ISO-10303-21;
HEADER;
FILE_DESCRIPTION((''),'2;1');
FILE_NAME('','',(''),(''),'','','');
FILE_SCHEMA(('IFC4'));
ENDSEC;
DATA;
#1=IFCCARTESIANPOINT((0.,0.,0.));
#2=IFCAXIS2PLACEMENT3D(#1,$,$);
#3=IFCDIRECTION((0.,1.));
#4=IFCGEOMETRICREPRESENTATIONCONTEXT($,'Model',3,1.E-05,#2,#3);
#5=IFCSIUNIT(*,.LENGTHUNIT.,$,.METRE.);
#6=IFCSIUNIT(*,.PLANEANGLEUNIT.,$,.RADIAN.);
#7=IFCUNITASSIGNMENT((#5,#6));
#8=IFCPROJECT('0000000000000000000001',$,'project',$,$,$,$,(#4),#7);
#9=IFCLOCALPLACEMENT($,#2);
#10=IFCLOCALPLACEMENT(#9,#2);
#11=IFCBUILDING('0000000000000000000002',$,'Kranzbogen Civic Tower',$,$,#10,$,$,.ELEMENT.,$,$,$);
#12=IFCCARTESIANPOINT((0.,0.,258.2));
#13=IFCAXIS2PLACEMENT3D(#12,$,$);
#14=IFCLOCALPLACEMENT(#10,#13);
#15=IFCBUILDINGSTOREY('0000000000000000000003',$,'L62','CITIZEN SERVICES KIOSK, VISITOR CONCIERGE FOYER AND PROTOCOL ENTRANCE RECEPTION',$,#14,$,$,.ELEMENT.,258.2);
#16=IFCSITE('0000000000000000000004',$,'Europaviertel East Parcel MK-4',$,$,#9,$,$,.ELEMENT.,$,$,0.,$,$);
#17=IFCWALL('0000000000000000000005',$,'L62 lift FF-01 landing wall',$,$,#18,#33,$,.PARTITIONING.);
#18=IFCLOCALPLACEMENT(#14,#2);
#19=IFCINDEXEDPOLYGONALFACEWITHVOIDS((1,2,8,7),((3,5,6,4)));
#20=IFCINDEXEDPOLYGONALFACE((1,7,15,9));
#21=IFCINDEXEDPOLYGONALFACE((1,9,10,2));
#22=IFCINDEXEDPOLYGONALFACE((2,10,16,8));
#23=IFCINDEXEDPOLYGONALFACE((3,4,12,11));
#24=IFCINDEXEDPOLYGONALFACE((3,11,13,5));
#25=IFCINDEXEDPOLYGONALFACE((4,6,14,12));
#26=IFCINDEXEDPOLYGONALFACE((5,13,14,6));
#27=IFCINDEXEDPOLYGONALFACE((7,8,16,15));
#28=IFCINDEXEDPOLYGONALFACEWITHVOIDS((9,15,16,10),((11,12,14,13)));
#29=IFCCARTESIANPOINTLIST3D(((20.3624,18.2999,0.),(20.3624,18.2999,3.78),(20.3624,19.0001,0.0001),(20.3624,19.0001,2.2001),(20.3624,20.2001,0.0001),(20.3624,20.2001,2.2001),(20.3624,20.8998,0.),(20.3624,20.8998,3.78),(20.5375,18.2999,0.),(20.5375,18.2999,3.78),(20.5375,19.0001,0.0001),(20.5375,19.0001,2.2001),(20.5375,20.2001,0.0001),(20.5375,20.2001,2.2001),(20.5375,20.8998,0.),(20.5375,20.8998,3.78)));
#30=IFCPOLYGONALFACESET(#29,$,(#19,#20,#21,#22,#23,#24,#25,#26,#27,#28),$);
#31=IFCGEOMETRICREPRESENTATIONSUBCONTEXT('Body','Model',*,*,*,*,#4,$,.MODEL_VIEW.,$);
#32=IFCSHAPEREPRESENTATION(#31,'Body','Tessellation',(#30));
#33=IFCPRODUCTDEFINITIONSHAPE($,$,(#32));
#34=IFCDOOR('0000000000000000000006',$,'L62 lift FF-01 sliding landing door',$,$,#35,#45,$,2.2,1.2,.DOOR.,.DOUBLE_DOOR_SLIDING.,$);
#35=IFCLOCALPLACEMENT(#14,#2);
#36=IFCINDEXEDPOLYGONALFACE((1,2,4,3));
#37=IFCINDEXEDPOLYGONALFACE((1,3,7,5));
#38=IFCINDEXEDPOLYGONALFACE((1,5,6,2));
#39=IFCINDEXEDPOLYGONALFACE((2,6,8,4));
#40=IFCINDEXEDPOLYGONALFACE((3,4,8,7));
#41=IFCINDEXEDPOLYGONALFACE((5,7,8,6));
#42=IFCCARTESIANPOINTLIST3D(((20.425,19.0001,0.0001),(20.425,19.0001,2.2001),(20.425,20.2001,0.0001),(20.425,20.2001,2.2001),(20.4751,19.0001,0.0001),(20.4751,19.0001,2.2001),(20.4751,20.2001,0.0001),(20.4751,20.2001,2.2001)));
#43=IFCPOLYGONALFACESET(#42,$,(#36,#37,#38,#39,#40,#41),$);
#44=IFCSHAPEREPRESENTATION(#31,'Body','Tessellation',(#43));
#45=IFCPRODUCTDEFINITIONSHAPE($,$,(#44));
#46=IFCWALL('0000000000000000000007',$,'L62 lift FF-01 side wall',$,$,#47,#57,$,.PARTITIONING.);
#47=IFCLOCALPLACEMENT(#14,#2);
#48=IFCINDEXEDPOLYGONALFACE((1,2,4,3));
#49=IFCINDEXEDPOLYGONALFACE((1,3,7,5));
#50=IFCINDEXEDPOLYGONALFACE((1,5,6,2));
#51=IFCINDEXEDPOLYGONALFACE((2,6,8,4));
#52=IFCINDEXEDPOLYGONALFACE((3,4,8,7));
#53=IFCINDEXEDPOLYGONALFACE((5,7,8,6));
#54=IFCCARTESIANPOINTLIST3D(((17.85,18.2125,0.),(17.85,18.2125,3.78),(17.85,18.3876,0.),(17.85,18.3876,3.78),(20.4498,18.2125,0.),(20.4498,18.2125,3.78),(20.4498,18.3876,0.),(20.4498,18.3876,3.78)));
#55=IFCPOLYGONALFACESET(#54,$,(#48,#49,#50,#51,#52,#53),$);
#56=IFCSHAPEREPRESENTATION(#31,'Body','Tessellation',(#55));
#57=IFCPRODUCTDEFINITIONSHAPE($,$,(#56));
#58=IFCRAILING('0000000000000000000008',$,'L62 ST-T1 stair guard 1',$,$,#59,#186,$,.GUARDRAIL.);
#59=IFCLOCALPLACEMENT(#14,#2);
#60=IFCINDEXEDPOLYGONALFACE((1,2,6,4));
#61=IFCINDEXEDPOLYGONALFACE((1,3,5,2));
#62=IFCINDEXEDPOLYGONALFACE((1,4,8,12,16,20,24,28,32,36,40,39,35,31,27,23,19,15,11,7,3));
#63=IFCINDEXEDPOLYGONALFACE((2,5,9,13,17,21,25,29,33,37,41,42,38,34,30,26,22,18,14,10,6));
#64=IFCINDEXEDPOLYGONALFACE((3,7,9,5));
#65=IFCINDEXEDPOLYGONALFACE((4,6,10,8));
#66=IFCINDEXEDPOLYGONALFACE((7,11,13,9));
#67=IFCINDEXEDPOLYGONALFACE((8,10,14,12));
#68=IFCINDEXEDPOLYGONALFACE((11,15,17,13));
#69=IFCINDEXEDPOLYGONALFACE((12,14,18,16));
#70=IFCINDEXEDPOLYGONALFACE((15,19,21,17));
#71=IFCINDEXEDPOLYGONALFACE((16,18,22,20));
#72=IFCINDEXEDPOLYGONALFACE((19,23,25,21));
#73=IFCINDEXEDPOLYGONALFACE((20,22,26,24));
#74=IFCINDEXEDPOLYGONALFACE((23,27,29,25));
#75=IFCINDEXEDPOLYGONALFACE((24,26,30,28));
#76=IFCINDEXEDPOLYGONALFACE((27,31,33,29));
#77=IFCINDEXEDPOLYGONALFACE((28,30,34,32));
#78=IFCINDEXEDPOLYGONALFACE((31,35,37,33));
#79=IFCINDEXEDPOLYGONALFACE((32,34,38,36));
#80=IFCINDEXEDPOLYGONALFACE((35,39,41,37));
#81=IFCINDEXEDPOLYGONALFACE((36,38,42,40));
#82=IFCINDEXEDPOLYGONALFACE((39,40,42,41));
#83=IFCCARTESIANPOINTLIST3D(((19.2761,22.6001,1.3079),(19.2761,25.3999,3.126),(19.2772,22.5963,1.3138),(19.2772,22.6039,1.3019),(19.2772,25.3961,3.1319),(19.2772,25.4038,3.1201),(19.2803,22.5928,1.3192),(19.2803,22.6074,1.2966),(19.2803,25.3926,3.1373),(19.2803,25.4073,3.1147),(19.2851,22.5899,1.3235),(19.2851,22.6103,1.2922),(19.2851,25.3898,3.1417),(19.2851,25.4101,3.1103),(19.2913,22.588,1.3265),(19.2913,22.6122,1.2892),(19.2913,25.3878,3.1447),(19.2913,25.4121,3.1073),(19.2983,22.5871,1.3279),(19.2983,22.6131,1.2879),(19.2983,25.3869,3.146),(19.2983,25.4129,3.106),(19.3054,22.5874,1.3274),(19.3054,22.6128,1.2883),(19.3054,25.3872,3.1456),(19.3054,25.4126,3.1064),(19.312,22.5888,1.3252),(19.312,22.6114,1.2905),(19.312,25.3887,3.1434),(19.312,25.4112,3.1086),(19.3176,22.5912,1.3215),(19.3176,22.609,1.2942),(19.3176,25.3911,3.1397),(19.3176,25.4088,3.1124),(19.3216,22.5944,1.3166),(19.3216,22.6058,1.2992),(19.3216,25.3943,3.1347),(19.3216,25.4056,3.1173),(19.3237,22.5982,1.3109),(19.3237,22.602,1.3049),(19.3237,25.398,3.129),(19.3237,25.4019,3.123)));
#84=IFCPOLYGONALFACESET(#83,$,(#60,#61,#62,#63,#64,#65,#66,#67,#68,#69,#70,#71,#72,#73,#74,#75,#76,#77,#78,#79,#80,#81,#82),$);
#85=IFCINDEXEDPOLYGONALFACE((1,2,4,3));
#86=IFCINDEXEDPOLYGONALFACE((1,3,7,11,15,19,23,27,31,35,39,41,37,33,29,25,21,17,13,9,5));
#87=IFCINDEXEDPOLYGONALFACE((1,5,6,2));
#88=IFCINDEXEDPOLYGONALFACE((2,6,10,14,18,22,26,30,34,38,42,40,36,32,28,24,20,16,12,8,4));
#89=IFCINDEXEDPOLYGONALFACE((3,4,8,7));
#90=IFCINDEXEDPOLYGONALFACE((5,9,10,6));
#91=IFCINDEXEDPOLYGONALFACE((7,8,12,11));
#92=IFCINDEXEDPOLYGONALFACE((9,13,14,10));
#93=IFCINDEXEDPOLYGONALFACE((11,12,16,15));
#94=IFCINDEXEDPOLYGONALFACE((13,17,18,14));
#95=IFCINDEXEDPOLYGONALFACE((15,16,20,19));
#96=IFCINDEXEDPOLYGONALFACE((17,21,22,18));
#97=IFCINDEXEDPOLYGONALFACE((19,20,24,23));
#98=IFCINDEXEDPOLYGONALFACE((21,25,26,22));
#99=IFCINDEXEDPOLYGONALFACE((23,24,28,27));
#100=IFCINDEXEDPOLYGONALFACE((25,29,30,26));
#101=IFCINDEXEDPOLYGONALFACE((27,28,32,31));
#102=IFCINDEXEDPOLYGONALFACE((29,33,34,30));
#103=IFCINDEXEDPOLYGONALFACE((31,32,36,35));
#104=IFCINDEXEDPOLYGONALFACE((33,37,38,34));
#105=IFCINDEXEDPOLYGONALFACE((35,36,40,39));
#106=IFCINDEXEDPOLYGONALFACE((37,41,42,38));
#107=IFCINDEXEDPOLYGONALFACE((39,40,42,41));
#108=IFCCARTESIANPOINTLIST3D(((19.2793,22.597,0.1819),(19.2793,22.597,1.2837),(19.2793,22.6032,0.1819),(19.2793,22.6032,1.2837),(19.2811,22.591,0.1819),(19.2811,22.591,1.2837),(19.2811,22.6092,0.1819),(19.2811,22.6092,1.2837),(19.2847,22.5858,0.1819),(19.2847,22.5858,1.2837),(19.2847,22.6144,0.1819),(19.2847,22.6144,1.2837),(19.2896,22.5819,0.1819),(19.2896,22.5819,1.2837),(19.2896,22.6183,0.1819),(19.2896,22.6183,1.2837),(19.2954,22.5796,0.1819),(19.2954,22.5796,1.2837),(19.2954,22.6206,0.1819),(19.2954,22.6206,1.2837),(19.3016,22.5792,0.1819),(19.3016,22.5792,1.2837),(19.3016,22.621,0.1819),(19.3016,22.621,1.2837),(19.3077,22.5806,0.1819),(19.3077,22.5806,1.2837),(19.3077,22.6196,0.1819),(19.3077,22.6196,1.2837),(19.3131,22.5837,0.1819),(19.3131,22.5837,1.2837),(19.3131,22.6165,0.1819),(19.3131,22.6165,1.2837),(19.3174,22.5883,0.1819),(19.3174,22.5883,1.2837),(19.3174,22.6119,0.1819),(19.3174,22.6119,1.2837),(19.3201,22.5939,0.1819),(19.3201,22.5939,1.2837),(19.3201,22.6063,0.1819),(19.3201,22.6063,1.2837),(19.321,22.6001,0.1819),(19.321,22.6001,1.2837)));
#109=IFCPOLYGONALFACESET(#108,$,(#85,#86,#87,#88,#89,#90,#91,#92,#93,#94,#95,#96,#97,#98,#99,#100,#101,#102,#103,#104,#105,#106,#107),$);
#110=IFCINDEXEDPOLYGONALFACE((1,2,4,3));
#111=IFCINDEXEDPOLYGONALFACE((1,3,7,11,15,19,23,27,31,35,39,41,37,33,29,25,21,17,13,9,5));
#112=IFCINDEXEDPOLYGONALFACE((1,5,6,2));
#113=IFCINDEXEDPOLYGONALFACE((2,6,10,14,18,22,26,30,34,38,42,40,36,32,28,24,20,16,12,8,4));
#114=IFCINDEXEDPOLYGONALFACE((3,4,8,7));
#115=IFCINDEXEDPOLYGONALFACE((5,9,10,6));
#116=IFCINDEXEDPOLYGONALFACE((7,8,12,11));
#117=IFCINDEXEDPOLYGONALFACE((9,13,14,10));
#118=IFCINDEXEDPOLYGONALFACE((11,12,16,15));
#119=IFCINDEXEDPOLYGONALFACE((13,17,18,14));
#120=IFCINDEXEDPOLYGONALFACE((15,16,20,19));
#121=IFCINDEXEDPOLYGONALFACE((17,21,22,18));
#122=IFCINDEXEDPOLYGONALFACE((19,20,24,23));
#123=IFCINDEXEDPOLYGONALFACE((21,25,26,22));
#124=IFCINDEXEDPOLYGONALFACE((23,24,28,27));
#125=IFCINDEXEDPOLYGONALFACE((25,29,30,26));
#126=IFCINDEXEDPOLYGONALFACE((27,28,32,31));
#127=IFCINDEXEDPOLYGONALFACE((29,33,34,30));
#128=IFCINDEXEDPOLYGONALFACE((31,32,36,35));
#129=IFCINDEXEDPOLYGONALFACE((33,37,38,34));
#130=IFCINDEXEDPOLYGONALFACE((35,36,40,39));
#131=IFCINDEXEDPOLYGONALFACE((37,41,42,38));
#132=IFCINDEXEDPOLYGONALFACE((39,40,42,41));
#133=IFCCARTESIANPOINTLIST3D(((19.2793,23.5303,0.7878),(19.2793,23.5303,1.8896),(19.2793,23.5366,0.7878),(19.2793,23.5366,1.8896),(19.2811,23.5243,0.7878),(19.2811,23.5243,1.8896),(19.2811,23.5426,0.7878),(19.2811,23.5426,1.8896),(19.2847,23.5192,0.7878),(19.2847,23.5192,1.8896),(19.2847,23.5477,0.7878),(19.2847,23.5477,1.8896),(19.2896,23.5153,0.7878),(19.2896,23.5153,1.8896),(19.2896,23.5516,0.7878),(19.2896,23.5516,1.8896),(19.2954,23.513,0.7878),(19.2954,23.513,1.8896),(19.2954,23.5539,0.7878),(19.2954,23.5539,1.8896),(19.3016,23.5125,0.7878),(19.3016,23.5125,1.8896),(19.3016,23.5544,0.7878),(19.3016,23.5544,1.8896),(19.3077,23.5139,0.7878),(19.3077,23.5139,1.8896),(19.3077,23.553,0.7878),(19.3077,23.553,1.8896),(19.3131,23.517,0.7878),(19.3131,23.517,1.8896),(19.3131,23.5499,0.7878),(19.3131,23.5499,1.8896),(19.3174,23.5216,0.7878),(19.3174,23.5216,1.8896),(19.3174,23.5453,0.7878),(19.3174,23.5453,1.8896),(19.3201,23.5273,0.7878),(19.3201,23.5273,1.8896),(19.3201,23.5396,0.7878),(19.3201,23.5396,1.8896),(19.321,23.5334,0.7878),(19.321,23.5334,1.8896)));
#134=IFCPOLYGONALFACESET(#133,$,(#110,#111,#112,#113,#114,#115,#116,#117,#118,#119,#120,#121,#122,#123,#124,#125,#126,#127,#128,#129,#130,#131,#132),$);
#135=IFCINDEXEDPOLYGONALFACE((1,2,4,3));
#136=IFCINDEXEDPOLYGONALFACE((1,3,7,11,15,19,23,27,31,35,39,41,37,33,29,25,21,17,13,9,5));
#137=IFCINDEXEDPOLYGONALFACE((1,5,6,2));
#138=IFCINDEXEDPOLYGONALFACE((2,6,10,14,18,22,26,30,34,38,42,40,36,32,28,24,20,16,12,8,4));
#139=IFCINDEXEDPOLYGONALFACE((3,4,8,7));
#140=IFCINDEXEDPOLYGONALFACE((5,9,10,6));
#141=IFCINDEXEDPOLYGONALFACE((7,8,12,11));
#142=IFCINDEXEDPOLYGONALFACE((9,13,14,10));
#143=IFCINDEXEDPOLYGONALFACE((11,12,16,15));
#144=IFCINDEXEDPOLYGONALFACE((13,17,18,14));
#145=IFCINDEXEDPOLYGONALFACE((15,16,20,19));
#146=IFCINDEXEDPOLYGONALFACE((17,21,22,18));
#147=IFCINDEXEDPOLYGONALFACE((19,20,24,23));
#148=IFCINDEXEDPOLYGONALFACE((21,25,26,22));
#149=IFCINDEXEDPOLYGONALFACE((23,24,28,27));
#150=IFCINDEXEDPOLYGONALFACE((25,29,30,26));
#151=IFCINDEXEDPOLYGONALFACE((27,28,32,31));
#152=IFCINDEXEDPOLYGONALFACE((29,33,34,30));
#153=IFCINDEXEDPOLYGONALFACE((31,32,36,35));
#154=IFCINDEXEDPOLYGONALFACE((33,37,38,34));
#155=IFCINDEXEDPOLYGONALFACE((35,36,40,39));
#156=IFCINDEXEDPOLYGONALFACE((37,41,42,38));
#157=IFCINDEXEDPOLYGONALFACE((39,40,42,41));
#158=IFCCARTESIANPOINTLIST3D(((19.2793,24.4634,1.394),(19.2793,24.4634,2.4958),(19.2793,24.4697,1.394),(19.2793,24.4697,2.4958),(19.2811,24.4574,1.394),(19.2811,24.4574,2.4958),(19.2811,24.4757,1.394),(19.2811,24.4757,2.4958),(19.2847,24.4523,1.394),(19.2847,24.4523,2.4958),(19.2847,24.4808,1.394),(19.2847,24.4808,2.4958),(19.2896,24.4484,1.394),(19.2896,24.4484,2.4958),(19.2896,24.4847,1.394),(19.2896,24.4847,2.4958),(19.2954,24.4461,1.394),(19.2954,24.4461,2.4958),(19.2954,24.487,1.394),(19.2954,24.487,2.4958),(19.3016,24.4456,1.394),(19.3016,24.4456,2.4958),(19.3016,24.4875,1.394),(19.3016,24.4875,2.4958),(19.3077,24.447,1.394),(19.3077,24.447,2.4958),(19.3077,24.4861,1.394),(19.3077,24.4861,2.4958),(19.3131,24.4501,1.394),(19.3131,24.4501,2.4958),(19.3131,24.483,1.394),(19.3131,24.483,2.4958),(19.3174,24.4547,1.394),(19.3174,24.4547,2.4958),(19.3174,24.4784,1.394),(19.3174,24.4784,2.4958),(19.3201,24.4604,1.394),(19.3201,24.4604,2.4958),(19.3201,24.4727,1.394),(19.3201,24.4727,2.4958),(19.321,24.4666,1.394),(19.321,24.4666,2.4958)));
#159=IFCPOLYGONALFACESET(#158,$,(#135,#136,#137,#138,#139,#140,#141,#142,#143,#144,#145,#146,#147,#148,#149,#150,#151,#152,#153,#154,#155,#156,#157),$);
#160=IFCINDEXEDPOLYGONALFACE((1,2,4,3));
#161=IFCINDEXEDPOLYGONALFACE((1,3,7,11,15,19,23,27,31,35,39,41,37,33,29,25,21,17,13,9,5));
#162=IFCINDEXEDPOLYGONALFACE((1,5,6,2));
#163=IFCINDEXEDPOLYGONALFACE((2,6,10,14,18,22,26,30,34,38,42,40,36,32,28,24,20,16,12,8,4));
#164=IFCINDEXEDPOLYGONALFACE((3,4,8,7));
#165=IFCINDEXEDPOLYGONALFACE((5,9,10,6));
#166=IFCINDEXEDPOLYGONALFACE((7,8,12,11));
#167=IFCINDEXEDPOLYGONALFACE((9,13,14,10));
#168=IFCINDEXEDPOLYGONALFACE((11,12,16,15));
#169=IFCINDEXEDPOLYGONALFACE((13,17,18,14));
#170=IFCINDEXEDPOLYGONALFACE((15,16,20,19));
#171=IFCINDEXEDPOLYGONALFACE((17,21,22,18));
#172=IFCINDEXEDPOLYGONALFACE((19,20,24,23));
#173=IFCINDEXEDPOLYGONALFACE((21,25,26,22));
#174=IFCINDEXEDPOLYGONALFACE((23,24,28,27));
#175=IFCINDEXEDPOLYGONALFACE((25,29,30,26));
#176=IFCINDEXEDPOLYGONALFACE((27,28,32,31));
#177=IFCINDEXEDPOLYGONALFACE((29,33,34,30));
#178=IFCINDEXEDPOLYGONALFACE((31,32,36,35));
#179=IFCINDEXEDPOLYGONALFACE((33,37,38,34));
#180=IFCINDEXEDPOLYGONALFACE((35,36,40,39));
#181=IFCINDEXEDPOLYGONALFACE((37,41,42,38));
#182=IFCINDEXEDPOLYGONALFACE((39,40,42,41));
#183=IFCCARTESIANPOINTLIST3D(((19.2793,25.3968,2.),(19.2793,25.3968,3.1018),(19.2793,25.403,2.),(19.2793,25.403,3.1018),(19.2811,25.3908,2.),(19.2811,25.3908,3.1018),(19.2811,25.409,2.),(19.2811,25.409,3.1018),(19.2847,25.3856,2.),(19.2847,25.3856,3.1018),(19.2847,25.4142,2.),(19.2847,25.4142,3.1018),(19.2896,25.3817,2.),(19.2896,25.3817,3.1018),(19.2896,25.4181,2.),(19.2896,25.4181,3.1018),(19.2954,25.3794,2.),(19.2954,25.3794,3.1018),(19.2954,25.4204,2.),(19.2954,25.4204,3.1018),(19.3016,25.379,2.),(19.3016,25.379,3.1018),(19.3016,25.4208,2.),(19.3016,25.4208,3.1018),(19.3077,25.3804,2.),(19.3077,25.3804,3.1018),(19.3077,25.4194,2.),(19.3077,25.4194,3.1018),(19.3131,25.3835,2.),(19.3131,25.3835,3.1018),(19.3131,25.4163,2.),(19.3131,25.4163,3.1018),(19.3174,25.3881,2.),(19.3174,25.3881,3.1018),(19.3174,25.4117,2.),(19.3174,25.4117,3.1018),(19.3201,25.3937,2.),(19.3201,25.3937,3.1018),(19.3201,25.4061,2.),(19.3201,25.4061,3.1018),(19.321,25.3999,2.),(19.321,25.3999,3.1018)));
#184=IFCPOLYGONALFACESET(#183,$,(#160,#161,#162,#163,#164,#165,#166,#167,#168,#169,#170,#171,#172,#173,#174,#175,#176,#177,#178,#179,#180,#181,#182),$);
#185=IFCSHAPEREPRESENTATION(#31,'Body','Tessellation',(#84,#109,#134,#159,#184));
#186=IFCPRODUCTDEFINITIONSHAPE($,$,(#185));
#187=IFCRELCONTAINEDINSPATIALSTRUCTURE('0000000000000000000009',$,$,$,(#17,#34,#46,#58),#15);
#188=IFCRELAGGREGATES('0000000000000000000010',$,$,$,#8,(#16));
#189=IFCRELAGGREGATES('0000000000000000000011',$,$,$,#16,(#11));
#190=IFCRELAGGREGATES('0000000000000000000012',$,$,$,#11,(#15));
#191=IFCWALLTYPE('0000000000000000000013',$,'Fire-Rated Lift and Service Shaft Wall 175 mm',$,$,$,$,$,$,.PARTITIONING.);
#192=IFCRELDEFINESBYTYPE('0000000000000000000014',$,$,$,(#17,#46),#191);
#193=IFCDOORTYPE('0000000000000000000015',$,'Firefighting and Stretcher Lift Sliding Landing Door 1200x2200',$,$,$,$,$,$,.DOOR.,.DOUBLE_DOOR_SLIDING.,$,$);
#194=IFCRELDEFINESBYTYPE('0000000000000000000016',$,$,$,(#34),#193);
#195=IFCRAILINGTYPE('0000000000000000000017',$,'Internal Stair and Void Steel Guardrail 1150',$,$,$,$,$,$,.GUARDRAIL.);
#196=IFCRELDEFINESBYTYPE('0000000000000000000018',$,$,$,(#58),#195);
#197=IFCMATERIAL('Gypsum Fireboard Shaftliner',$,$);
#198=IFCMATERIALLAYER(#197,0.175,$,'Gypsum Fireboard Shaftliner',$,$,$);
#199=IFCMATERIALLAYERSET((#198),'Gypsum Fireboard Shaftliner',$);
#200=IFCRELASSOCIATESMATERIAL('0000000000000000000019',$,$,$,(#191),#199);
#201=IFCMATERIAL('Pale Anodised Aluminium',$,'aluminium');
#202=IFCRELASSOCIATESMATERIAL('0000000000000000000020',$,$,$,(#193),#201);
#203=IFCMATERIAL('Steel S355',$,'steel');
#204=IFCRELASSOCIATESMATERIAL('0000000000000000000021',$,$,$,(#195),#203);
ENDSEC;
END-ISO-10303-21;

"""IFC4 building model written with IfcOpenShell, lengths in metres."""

from ifc_helpers import new_model, si_unit, direction, frame, frame_2d, origin, origin_2d, place, context, subcontext, project, spatial, rectangle, circle, extrude, material, layer, layer_set, type_object, element, fill, save


model = new_model("IFC4")

# Units and contexts
model_context = context("Model", 3, precision=1e-05, world=origin(), true_north=direction((0.0, 1.0)))
body_context = subcontext(model_context, "Body", "Model", "MODEL_VIEW")
ifc_project = project(units=[si_unit("LENGTHUNIT", "METRE"), si_unit("PLANEANGLEUNIT", "RADIAN")], contexts=[model_context])

# Site, building, storey
site_placement = place(None, origin())
site = spatial("IfcSite", under=ifc_project, at=site_placement, Name="Europaviertel East Parcel MK-4", CompositionType="ELEMENT", RefElevation=0.0)
building_placement = place(site_placement, origin())
building = spatial("IfcBuilding", under=site, at=building_placement, Name="Kranzbogen Civic Tower", CompositionType="ELEMENT")
storey_placement = place(building_placement, frame((0.0, 0.0, 258.2)))
storey = spatial("IfcBuildingStorey", under=building, at=storey_placement, Name="L62", Description="CITIZEN SERVICES KIOSK, VISITOR CONCIERGE FOYER AND PROTOCOL ENTRANCE RECEPTION", CompositionType="ELEMENT", Elevation=258.2)

# Shared definitions
ifc_material_1 = material(Name="Steel S355", Category="steel")

# Wall, opening, door
ifc_material_2 = material(Name="Gypsum Fireboard Shaftliner")
ifc_layer_1 = layer(ifc_material_2, 0.175, Name="Gypsum Fireboard Shaftliner")
ifc_layer_set_1 = layer_set([ifc_layer_1], Name="Gypsum Fireboard Shaftliner")
wall_type_1 = type_object("IfcWallType", Name="Fire-Rated Lift and Service Shaft Wall 175 mm", PredefinedType="PARTITIONING", material=ifc_layer_set_1)
wall_1_placement = place(storey_placement, frame((20.45, 18.3, 0.0), z_axis=(0.0, 0.0, 1.0), x_axis=(0.0, 1.0, 0.0)))
wall_1 = element("IfcWall", 1, at=wall_1_placement, inside=storey, type_object=wall_type_1, Name="L62 lift FF-01 landing wall", PredefinedType="PARTITIONING", context=body_context, shape_type="SweptSolid", body=[
    extrude(rectangle(XDim=2.5999, YDim=0.175, at=frame_2d((1.2998, 0.0))), origin(), (0.0, 0.0, 1.0), 3.78),
])
opening_1_placement = place(wall_1_placement, frame((0.7, 0.0, 0.0)))
opening_1 = element("IfcOpeningElement", 2, at=opening_1_placement, cuts=wall_1, PredefinedType="OPENING", context=body_context, shape_type="SweptSolid", body=[
    extrude(rectangle(XDim=1.2, YDim=2.2, at=frame_2d((0.6001, 1.1001))), frame((0.0, 0.0977, 0.0), z_axis=(0.0, -1.0, 0.0), x_axis=(1.0, 0.0, 0.0)), (0.0, 0.0, 1.0), 0.1951),
])
ifc_material_3 = material(Name="Pale Anodised Aluminium", Category="aluminium")
door_type_1 = type_object("IfcDoorType", Name="Firefighting and Stretcher Lift Sliding Landing Door 1200x2200", OperationType="DOUBLE_DOOR_SLIDING", PredefinedType="DOOR", material=ifc_material_3)
door_1_placement = place(opening_1_placement, origin())
door_1 = element("IfcDoor", 3, at=door_1_placement, inside=storey, type_object=door_type_1, Name="L62 lift FF-01 sliding landing door", OperationType="DOUBLE_DOOR_SLIDING", OverallHeight=2.2, OverallWidth=1.2, PredefinedType="DOOR", context=body_context, shape_type="SweptSolid", body=[
    extrude(rectangle(XDim=1.2, YDim=2.2, at=frame_2d((0.6001, 1.1001))), frame((0.0, 0.0249, 0.0), z_axis=(0.0, -1.0, 0.0), x_axis=(1.0, 0.0, 0.0)), (0.0, 0.0, 1.0), 0.05),
])
fill(opening_1, door_1)

# Wall
wall_2_placement = place(storey_placement, frame((17.8501, 18.3, 0.0), z_axis=(0.0, 0.0, 1.0), x_axis=(1.0, 0.0, 0.0)))
element("IfcWall", 4, at=wall_2_placement, inside=storey, type_object=wall_type_1, Name="L62 lift FF-01 side wall", PredefinedType="PARTITIONING", context=body_context, shape_type="SweptSolid", body=[
    extrude(rectangle(XDim=2.5999, YDim=0.175, at=frame_2d((1.2998, 0.0))), origin(), (0.0, 0.0, 1.0), 3.78),
])

# Railing
railing_type = type_object("IfcRailingType", Name="Internal Stair and Void Steel Guardrail 1150", PredefinedType="GUARDRAIL", material=ifc_material_1)
railing_1_placement = place(storey_placement, frame((19.3, 22.6001, 0.1819)))
element("IfcRailing", 5, at=railing_1_placement, inside=storey, type_object=railing_type, Name="L62 ST-T1 stair guard 1", PredefinedType="GUARDRAIL", context=body_context, shape_type="SweptSolid", body=[
    extrude(circle(Radius=0.0239, at=origin_2d()), frame((0.0, 0.0, 1.126), z_axis=(0.0, 0.838684, 0.544618), x_axis=(-1.0, 0.0, 0.0)), (0.0, 0.0, 1.0), 3.3384),
    extrude(circle(Radius=0.021, at=origin_2d()), origin(), (0.0, 0.0, 1.0), 1.1018),
    extrude(circle(Radius=0.021, at=origin_2d()), frame((0.0, 0.9333, 0.606)), (0.0, 0.0, 1.0), 1.1018),
    extrude(circle(Radius=0.021, at=origin_2d()), frame((0.0, 1.8665, 1.2122)), (0.0, 0.0, 1.0), 1.1018),
    extrude(circle(Radius=0.021, at=origin_2d()), frame((0.0, 2.7998, 1.8181)), (0.0, 0.0, 1.0), 1.1018),
])

save(model, "model.ifc")
